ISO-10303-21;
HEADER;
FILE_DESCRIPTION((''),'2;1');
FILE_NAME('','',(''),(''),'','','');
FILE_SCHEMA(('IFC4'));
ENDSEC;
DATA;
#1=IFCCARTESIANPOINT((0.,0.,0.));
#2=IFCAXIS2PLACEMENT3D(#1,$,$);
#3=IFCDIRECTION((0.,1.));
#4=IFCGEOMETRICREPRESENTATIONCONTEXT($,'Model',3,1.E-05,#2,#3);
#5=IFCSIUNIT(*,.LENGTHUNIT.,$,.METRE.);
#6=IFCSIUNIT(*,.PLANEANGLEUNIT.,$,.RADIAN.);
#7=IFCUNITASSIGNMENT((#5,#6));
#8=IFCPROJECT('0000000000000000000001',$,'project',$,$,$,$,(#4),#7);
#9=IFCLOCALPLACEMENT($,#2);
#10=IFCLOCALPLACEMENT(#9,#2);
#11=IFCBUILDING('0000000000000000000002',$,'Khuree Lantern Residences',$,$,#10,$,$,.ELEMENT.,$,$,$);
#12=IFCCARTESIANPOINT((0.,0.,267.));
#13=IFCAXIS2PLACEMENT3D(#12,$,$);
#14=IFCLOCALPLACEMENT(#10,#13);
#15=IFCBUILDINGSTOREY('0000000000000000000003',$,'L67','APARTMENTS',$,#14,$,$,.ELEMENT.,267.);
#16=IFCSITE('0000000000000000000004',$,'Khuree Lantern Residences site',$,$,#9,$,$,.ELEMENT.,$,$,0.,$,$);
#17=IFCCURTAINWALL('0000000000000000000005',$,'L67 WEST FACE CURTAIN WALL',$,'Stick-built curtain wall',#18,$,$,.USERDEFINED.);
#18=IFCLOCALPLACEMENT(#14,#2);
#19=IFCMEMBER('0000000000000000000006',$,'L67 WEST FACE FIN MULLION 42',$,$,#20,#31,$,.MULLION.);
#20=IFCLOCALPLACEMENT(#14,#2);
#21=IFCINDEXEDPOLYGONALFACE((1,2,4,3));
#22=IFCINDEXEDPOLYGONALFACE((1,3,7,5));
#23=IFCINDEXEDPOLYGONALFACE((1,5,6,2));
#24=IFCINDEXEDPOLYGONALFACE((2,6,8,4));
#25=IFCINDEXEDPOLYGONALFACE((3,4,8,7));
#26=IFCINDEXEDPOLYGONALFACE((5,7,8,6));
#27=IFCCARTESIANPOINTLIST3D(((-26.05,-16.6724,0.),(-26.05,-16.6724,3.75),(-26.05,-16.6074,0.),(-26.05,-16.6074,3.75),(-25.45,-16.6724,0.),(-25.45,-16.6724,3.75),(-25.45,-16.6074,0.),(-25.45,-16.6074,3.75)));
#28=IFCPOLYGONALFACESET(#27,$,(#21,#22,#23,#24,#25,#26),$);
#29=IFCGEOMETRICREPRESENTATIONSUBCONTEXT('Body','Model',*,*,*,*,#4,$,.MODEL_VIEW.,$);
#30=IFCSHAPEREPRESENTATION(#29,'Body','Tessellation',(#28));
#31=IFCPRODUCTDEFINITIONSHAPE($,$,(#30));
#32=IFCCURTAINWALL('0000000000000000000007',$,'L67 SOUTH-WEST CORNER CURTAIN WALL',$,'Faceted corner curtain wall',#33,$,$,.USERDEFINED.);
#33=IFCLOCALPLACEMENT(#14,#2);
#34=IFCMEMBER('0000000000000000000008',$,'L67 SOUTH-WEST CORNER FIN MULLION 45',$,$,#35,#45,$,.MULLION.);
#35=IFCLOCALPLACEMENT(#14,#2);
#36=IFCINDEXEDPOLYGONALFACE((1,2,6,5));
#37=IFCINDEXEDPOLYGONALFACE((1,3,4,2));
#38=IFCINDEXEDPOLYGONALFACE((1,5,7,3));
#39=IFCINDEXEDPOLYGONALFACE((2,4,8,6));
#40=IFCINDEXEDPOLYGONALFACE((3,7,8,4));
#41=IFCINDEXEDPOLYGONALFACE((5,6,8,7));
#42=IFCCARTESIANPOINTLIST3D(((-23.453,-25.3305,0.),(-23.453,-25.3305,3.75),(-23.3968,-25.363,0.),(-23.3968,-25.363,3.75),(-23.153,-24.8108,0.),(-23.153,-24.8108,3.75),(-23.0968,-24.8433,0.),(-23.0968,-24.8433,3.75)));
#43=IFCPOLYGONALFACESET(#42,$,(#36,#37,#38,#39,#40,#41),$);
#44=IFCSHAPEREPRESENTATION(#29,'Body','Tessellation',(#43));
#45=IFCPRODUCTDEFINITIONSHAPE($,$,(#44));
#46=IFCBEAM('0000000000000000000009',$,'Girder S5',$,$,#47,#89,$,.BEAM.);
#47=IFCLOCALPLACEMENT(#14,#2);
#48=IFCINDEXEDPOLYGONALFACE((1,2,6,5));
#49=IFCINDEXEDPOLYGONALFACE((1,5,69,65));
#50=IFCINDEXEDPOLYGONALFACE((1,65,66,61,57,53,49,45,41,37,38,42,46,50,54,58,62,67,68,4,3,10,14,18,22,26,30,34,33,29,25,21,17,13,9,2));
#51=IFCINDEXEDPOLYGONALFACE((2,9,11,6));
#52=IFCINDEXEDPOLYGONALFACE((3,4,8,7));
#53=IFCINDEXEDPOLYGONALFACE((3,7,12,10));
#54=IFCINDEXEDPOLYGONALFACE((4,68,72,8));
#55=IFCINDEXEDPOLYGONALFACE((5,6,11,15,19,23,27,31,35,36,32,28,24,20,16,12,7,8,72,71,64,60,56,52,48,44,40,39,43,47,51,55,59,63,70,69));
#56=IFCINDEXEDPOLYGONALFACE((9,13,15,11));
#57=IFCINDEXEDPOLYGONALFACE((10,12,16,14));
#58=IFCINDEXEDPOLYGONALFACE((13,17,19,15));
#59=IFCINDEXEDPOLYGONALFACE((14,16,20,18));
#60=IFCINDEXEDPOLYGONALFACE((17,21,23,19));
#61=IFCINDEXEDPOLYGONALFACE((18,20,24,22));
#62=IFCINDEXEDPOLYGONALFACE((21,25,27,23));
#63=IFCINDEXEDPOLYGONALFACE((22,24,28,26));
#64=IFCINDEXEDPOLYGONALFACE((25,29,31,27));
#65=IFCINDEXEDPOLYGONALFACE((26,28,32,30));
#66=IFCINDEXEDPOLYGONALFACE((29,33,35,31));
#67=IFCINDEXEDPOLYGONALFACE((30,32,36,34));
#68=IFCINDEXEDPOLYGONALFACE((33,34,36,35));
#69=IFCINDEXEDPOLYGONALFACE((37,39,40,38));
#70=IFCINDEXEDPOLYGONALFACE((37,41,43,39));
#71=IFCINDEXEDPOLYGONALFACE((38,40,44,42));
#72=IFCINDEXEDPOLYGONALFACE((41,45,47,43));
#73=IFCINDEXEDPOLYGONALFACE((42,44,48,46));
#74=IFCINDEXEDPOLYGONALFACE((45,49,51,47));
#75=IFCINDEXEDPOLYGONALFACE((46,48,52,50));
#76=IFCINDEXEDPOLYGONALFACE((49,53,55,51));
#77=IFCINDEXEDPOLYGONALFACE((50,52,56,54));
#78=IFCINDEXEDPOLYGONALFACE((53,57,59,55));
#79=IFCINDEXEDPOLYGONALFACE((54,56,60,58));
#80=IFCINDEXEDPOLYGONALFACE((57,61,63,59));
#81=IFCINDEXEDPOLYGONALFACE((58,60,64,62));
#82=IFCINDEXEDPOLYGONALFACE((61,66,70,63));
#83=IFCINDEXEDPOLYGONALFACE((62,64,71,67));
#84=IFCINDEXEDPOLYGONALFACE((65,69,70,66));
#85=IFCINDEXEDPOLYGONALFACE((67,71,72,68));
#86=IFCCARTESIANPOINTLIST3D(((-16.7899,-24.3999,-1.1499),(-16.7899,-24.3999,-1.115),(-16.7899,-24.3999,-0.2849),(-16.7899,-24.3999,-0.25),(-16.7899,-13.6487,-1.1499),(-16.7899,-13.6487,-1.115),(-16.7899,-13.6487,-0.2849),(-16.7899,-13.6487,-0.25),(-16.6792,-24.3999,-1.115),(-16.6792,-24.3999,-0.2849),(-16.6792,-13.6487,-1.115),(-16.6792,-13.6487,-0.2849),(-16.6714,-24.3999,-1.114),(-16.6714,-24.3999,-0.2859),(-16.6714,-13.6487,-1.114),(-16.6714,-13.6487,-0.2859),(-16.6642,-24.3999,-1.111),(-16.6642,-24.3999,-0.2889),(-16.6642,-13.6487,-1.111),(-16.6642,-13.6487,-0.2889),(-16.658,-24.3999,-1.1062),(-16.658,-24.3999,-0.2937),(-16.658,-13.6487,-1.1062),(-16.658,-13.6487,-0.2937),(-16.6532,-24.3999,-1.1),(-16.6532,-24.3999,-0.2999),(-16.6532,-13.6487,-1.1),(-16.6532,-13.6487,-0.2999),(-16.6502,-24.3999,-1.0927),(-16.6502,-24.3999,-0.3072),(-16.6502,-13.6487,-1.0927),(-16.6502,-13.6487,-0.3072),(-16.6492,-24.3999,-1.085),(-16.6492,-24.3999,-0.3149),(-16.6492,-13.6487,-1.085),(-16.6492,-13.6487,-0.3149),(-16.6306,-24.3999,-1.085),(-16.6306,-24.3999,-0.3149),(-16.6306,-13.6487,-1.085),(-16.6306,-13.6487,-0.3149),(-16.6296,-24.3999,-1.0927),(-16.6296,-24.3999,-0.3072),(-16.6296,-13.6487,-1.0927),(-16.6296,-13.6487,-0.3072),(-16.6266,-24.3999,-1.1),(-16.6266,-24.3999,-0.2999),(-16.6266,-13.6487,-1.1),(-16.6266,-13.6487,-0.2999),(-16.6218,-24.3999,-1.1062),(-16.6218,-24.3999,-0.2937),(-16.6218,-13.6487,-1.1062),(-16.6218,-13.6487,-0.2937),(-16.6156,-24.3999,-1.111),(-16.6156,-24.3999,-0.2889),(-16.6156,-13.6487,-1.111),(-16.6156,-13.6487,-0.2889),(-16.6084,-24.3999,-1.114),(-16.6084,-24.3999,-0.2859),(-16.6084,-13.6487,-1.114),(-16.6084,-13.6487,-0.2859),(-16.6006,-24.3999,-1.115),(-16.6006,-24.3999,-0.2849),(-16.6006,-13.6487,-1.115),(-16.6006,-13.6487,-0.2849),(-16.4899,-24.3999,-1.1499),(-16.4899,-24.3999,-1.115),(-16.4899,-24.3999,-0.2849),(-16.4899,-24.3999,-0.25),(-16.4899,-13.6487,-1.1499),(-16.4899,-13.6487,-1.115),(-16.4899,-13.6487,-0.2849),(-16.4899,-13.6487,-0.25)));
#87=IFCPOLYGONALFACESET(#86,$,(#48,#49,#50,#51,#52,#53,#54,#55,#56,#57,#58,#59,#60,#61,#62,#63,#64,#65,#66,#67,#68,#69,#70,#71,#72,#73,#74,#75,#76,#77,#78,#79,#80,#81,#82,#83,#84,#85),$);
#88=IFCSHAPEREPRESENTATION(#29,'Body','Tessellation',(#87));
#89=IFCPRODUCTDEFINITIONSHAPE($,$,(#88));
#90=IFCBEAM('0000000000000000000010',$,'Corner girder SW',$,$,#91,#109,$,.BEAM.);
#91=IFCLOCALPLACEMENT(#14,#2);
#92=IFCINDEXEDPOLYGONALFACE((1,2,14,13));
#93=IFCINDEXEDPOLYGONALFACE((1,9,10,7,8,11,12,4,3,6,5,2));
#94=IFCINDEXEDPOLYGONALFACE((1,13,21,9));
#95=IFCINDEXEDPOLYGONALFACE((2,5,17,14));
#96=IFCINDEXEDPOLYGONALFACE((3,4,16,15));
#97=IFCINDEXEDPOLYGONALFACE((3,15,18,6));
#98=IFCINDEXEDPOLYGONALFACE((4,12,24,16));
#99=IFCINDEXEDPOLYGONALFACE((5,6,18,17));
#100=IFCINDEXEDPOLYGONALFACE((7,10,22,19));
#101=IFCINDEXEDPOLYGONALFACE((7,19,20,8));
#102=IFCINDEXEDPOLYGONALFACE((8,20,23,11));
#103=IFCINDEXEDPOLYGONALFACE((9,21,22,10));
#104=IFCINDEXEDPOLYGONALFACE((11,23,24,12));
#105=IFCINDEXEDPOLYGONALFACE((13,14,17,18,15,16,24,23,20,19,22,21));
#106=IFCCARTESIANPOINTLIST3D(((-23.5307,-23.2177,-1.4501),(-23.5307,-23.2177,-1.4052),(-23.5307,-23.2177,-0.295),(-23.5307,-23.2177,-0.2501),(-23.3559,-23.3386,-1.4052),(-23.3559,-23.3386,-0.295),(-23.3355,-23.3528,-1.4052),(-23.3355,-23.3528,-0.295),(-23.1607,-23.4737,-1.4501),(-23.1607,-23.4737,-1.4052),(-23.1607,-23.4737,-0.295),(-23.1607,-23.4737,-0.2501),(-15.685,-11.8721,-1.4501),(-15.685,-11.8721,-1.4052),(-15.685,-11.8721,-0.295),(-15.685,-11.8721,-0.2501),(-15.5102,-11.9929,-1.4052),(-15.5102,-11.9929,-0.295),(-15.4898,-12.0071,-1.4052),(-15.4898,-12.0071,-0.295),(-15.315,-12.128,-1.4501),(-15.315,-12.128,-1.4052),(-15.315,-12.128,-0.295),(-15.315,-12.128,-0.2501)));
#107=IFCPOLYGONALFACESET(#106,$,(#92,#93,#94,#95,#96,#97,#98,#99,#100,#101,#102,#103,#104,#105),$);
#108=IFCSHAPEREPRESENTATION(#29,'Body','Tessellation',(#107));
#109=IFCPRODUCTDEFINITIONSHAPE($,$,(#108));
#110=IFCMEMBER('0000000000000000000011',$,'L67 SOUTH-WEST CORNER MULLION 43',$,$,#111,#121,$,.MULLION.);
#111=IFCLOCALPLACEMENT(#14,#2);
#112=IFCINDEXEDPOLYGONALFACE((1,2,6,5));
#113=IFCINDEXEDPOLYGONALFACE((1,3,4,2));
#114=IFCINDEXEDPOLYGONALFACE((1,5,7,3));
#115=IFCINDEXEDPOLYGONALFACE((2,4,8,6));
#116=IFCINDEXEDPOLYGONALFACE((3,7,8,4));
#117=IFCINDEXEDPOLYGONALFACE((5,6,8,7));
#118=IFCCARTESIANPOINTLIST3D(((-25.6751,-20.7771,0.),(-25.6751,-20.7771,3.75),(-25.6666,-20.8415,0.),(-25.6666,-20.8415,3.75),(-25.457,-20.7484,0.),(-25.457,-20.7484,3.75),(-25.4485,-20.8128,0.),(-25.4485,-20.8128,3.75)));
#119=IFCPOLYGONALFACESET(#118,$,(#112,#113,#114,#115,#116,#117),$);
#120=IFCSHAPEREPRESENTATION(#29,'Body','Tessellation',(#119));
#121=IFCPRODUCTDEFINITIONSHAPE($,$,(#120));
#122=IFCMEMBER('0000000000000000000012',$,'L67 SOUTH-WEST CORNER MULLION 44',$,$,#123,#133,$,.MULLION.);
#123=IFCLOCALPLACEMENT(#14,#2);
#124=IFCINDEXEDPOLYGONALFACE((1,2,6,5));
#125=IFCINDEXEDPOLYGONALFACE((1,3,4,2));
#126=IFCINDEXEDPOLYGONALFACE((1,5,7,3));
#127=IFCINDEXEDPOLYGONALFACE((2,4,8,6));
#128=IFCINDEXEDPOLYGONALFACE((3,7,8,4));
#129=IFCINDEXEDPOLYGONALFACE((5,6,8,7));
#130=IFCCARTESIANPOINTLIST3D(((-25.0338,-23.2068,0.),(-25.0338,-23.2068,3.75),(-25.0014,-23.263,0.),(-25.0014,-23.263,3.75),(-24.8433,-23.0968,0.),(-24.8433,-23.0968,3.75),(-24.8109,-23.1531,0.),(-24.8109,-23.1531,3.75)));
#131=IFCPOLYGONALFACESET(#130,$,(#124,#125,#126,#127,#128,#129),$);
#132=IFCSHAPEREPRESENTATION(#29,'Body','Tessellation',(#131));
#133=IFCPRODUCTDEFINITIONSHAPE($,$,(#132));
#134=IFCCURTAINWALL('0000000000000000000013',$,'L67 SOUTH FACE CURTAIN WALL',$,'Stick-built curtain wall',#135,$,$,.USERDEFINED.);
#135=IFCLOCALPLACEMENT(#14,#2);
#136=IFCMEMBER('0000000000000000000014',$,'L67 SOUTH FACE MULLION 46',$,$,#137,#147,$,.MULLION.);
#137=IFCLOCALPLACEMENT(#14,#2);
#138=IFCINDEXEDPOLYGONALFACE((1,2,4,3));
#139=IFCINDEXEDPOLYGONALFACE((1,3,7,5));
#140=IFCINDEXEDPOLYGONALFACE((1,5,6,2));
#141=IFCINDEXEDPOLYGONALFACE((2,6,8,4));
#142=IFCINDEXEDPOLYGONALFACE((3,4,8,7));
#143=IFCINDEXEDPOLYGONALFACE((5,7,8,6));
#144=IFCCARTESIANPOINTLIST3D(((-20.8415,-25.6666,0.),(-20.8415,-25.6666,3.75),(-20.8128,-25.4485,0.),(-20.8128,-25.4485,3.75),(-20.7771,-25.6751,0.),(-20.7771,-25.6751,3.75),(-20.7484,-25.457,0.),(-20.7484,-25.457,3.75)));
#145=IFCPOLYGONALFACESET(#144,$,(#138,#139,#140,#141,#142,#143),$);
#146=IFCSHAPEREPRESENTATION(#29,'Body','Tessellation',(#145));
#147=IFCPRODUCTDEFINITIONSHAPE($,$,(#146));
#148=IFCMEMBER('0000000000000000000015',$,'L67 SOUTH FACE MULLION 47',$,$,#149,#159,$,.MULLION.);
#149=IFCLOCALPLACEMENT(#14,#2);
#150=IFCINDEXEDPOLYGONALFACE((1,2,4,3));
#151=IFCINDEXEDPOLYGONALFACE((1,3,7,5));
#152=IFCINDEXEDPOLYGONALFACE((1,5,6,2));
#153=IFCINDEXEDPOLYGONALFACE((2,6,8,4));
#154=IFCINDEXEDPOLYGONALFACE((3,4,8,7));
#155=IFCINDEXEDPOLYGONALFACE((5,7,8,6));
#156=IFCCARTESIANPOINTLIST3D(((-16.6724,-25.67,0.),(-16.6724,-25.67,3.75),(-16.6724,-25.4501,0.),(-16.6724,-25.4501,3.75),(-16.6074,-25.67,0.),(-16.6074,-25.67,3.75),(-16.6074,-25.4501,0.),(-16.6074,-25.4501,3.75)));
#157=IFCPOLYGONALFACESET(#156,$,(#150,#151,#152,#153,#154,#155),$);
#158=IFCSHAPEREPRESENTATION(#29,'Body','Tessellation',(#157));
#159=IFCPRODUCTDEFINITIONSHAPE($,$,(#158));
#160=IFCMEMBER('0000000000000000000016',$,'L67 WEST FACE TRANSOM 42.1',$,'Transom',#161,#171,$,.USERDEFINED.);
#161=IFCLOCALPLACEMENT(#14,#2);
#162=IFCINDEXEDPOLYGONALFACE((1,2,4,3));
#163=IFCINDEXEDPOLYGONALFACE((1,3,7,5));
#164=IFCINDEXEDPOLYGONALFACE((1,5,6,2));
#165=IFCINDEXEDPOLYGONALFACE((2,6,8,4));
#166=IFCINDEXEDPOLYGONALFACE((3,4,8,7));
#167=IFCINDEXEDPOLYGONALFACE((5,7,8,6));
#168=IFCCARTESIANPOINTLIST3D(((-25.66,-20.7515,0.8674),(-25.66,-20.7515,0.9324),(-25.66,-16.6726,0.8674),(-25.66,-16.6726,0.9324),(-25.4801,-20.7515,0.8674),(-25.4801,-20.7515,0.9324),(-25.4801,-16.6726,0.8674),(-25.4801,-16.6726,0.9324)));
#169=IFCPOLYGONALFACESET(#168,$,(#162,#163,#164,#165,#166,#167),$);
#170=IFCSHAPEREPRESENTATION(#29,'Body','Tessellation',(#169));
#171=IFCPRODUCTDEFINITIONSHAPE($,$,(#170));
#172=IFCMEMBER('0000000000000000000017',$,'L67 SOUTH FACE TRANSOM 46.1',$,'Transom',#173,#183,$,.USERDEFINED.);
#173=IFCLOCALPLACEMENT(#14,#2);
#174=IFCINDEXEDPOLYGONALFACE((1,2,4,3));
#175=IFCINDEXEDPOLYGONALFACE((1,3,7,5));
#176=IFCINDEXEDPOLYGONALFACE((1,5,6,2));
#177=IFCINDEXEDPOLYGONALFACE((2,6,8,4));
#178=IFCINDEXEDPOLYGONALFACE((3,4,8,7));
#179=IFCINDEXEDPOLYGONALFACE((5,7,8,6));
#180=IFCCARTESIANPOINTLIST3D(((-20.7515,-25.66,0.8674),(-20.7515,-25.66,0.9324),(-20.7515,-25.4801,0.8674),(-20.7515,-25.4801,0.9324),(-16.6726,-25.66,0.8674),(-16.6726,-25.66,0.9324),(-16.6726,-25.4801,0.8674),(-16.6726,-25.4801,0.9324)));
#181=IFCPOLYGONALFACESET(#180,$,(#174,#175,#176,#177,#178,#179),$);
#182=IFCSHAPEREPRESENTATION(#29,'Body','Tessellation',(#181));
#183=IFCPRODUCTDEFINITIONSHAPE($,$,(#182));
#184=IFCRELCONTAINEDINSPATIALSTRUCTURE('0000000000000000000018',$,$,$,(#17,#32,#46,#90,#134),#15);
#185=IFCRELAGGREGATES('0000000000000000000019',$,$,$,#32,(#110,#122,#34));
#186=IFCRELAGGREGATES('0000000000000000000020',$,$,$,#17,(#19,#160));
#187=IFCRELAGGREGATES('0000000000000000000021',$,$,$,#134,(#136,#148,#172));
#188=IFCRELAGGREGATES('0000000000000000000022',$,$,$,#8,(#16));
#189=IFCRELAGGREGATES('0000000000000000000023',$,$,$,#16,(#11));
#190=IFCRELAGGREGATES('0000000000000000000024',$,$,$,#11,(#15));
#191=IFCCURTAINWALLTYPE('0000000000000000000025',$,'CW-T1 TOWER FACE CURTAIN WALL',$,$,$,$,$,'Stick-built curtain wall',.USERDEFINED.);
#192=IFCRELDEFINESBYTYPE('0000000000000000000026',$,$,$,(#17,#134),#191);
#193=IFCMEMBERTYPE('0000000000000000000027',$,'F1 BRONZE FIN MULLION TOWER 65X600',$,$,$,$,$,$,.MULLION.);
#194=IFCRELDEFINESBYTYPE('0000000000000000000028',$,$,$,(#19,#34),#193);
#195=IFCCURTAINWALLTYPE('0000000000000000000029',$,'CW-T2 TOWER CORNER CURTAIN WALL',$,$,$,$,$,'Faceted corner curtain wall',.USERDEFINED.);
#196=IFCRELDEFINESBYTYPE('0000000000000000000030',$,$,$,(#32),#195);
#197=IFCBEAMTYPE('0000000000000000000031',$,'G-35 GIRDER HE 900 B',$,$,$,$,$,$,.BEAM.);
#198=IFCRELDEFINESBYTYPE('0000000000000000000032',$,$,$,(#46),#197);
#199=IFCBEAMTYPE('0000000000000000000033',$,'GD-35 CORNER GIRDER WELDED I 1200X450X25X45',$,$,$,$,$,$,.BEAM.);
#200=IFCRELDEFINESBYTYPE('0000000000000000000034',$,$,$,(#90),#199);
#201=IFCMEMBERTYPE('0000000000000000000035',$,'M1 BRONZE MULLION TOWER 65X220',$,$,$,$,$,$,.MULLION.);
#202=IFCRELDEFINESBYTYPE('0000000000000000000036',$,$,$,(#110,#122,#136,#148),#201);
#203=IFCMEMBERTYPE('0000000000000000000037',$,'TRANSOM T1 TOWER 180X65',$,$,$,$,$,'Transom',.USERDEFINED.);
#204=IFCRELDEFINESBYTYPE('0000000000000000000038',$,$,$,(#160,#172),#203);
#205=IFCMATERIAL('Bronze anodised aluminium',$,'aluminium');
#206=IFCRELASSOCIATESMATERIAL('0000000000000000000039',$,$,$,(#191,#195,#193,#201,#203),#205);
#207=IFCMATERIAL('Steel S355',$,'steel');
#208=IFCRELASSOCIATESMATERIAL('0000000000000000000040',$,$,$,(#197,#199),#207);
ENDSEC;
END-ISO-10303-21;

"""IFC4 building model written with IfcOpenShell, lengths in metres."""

from ifc_helpers import new_model, si_unit, direction, frame, origin, origin_2d, place, context, subcontext, project, spatial, rectangle, i_section, extrude, material, material_profile, profile_set, type_object, element, aggregate, save


model = new_model("IFC4")

# Units and contexts
model_context = context("Model", 3, precision=1e-05, world=origin(), true_north=direction((0.0, 1.0)))
body_context = subcontext(model_context, "Body", "Model", "MODEL_VIEW")
ifc_project = project(units=[si_unit("LENGTHUNIT", "METRE"), si_unit("PLANEANGLEUNIT", "RADIAN")], contexts=[model_context])

# Site, building, storey
site_placement = place(None, origin())
site = spatial("IfcSite", under=ifc_project, at=site_placement, Name="Khuree Lantern Residences site", CompositionType="ELEMENT", RefElevation=0.0)
building_placement = place(site_placement, origin())
building = spatial("IfcBuilding", under=site, at=building_placement, Name="Khuree Lantern Residences", CompositionType="ELEMENT")
storey_placement = place(building_placement, frame((0.0, 0.0, 267.0)))
storey = spatial("IfcBuildingStorey", under=building, at=storey_placement, Name="L67", Description="APARTMENTS", CompositionType="ELEMENT", Elevation=267.0)

# Shared definitions
ifc_material_1 = material(Name="Steel S355", Category="steel")

# Curtain walls, members
ifc_material_2 = material(Name="Bronze anodised aluminium", Category="aluminium")
curtain_wall_type_1 = type_object("IfcCurtainWallType", Name="CW-T1 TOWER FACE CURTAIN WALL", ElementType="Stick-built curtain wall", PredefinedType="USERDEFINED", material=ifc_material_2)
curtain_wall_1_placement = place(storey_placement, origin())
curtain_wall_1 = element("IfcCurtainWall", 1, at=curtain_wall_1_placement, inside=storey, type_object=curtain_wall_type_1, Name="L67 WEST FACE CURTAIN WALL", ObjectType="Stick-built curtain wall", PredefinedType="USERDEFINED")
ifc_material_profile_1 = material_profile(ifc_material_2, rectangle(XDim=0.0649, YDim=0.6001, at=origin_2d()), Name="F1 65X600")
ifc_profile_set_1 = profile_set([ifc_material_profile_1], Name="Bronze anodised aluminium")
member_type_1 = type_object("IfcMemberType", Name="F1 BRONZE FIN MULLION TOWER 65X600", PredefinedType="MULLION", material=ifc_profile_set_1)
member_1_placement = place(storey_placement, frame((-25.75, -16.6399, 0.0), z_axis=(0.0, 0.0, 1.0), x_axis=(0.0, -1.0, 0.0)))
member_1 = element("IfcMember", 2, at=member_1_placement, type_object=member_type_1, Name="L67 WEST FACE FIN MULLION 42", PredefinedType="MULLION", context=body_context, shape_type="SweptSolid", body=[
    extrude(rectangle(XDim=0.0649, YDim=0.6001, at=origin_2d()), origin(), (0.0, 0.0, 1.0), 3.75),
])
curtain_wall_type_2 = type_object("IfcCurtainWallType", Name="CW-T2 TOWER CORNER CURTAIN WALL", ElementType="Faceted corner curtain wall", PredefinedType="USERDEFINED", material=ifc_material_2)
curtain_wall_2_placement = place(storey_placement, origin())
curtain_wall_2 = element("IfcCurtainWall", 3, at=curtain_wall_2_placement, inside=storey, type_object=curtain_wall_type_2, Name="L67 SOUTH-WEST CORNER CURTAIN WALL", ObjectType="Faceted corner curtain wall", PredefinedType="USERDEFINED")
member_2_placement = place(storey_placement, frame((-23.2749, -25.0869, 0.0), z_axis=(0.0, 0.0, 1.0), x_axis=(0.866025, -0.5, 0.0)))
member_2 = element("IfcMember", 4, at=member_2_placement, type_object=member_type_1, Name="L67 SOUTH-WEST CORNER FIN MULLION 45", PredefinedType="MULLION", context=body_context, shape_type="SweptSolid", body=[
    extrude(rectangle(XDim=0.0649, YDim=0.6001, at=origin_2d()), origin(), (0.0, 0.0, 1.0), 3.75),
])

# Beams
ifc_material_profile_2 = material_profile(ifc_material_1, i_section(OverallWidth=0.3, OverallDepth=0.8999, WebThickness=0.0186, FlangeThickness=0.0349, FilletRadius=0.03, at=origin_2d()), Name="HE 900 B")
ifc_profile_set_2 = profile_set([ifc_material_profile_2], Name="Steel S355")
beam_type_1 = type_object("IfcBeamType", Name="G-35 GIRDER HE 900 B", PredefinedType="BEAM", material=ifc_profile_set_2)
beam_1_placement = place(storey_placement, frame((-16.6399, -24.3999, -0.7), z_axis=(0.0, 1.0, 0.0), x_axis=(-1.0, 0.0, 0.0)))
element("IfcBeam", 5, at=beam_1_placement, inside=storey, type_object=beam_type_1, Name="Girder S5", PredefinedType="BEAM", context=body_context, shape_type="SweptSolid", body=[
    extrude(i_section(OverallWidth=0.3, OverallDepth=0.8999, WebThickness=0.0186, FlangeThickness=0.0349, FilletRadius=0.03, at=origin_2d()), origin(), (0.0, 0.0, 1.0), 10.7512),
])
ifc_material_profile_3 = material_profile(ifc_material_1, i_section(OverallWidth=0.45, OverallDepth=1.2, WebThickness=0.0249, FlangeThickness=0.0449, at=origin_2d()), Name="WELDED I 1200X450X25X45")
ifc_profile_set_3 = profile_set([ifc_material_profile_3], Name="Steel S355")
beam_type_2 = type_object("IfcBeamType", Name="GD-35 CORNER GIRDER WELDED I 1200X450X25X45", PredefinedType="BEAM", material=ifc_profile_set_3)
beam_2_placement = place(storey_placement, frame((-23.3457, -23.3457, -0.8501), z_axis=(0.568768, 0.822498, 0.0), x_axis=(-0.822498, 0.568768, 0.0)))
element("IfcBeam", 6, at=beam_2_placement, inside=storey, type_object=beam_type_2, Name="Corner girder SW", PredefinedType="BEAM", context=body_context, shape_type="SweptSolid", body=[
    extrude(i_section(OverallWidth=0.45, OverallDepth=1.2, WebThickness=0.0249, FlangeThickness=0.0449, at=origin_2d()), origin(), (0.0, 0.0, 1.0), 13.7942),
])

# Members
ifc_material_profile_4 = material_profile(ifc_material_2, rectangle(XDim=0.0649, YDim=0.22, at=origin_2d()), Name="M1 65X220")
ifc_profile_set_4 = profile_set([ifc_material_profile_4], Name="Bronze anodised aluminium")
member_type_2 = type_object("IfcMemberType", Name="M1 BRONZE MULLION TOWER 65X220", PredefinedType="MULLION", material=ifc_profile_set_4)
member_3_placement = place(storey_placement, frame((-25.5618, -20.7949, 0.0), z_axis=(0.0, 0.0, 1.0), x_axis=(0.130526, -0.991445, 0.0)))
member_3 = element("IfcMember", 7, at=member_3_placement, type_object=member_type_2, Name="L67 SOUTH-WEST CORNER MULLION 43", PredefinedType="MULLION", context=body_context, shape_type="SweptSolid", body=[
    extrude(rectangle(XDim=0.0649, YDim=0.22, at=origin_2d()), origin(), (0.0, 0.0, 1.0), 3.75),
])
member_4_placement = place(storey_placement, frame((-24.9224, -23.1799, 0.0), z_axis=(0.0, 0.0, 1.0), x_axis=(0.5, -0.866025, 0.0)))
member_4 = element("IfcMember", 8, at=member_4_placement, type_object=member_type_2, Name="L67 SOUTH-WEST CORNER MULLION 44", PredefinedType="MULLION", context=body_context, shape_type="SweptSolid", body=[
    extrude(rectangle(XDim=0.0649, YDim=0.22, at=origin_2d()), origin(), (0.0, 0.0, 1.0), 3.75),
])

# Curtain wall, members
curtain_wall_3_placement = place(storey_placement, origin())
curtain_wall_3 = element("IfcCurtainWall", 9, at=curtain_wall_3_placement, inside=storey, type_object=curtain_wall_type_1, Name="L67 SOUTH FACE CURTAIN WALL", ObjectType="Stick-built curtain wall", PredefinedType="USERDEFINED")
member_5_placement = place(storey_placement, frame((-20.7949, -25.5618, 0.0), z_axis=(0.0, 0.0, 1.0), x_axis=(0.991445, -0.130526, 0.0)))
member_5 = element("IfcMember", 10, at=member_5_placement, type_object=member_type_2, Name="L67 SOUTH FACE MULLION 46", PredefinedType="MULLION", context=body_context, shape_type="SweptSolid", body=[
    extrude(rectangle(XDim=0.0649, YDim=0.22, at=origin_2d()), origin(), (0.0, 0.0, 1.0), 3.75),
])
member_6_placement = place(storey_placement, frame((-16.6399, -25.5601, 0.0), z_axis=(0.0, 0.0, 1.0), x_axis=(1.0, 0.0, 0.0)))
member_6 = element("IfcMember", 11, at=member_6_placement, type_object=member_type_2, Name="L67 SOUTH FACE MULLION 47", PredefinedType="MULLION", context=body_context, shape_type="SweptSolid", body=[
    extrude(rectangle(XDim=0.0649, YDim=0.22, at=origin_2d()), origin(), (0.0, 0.0, 1.0), 3.75),
])

# Members
ifc_material_profile_5 = material_profile(ifc_material_2, rectangle(XDim=0.1799, YDim=0.0649, at=origin_2d()), Name="T1 180X65")
ifc_profile_set_5 = profile_set([ifc_material_profile_5], Name="Bronze anodised aluminium")
member_type_3 = type_object("IfcMemberType", Name="TRANSOM T1 TOWER 180X65", ElementType="Transom", PredefinedType="USERDEFINED", material=ifc_profile_set_5)
member_7_placement = place(storey_placement, frame((-25.5701, -16.6726, 0.8999), z_axis=(0.0, -1.0, 0.0), x_axis=(1.0, 0.0, 0.0)))
member_7 = element("IfcMember", 12, at=member_7_placement, type_object=member_type_3, Name="L67 WEST FACE TRANSOM 42.1", ObjectType="Transom", PredefinedType="USERDEFINED", context=body_context, shape_type="SweptSolid", body=[
    extrude(rectangle(XDim=0.1799, YDim=0.0649, at=origin_2d()), origin(), (0.0, 0.0, 1.0), 4.0789),
])
member_8_placement = place(storey_placement, frame((-20.7515, -25.5701, 0.8999), z_axis=(1.0, 0.0, 0.0), x_axis=(0.0, 1.0, 0.0)))
member_8 = element("IfcMember", 13, at=member_8_placement, type_object=member_type_3, Name="L67 SOUTH FACE TRANSOM 46.1", ObjectType="Transom", PredefinedType="USERDEFINED", context=body_context, shape_type="SweptSolid", body=[
    extrude(rectangle(XDim=0.1799, YDim=0.0649, at=origin_2d()), origin(), (0.0, 0.0, 1.0), 4.0789),
])

aggregate(curtain_wall_2, [member_3, member_4, member_2])
aggregate(curtain_wall_1, [member_1, member_7])
aggregate(curtain_wall_3, [member_5, member_6, member_8])

save(model, "model.ifc")
